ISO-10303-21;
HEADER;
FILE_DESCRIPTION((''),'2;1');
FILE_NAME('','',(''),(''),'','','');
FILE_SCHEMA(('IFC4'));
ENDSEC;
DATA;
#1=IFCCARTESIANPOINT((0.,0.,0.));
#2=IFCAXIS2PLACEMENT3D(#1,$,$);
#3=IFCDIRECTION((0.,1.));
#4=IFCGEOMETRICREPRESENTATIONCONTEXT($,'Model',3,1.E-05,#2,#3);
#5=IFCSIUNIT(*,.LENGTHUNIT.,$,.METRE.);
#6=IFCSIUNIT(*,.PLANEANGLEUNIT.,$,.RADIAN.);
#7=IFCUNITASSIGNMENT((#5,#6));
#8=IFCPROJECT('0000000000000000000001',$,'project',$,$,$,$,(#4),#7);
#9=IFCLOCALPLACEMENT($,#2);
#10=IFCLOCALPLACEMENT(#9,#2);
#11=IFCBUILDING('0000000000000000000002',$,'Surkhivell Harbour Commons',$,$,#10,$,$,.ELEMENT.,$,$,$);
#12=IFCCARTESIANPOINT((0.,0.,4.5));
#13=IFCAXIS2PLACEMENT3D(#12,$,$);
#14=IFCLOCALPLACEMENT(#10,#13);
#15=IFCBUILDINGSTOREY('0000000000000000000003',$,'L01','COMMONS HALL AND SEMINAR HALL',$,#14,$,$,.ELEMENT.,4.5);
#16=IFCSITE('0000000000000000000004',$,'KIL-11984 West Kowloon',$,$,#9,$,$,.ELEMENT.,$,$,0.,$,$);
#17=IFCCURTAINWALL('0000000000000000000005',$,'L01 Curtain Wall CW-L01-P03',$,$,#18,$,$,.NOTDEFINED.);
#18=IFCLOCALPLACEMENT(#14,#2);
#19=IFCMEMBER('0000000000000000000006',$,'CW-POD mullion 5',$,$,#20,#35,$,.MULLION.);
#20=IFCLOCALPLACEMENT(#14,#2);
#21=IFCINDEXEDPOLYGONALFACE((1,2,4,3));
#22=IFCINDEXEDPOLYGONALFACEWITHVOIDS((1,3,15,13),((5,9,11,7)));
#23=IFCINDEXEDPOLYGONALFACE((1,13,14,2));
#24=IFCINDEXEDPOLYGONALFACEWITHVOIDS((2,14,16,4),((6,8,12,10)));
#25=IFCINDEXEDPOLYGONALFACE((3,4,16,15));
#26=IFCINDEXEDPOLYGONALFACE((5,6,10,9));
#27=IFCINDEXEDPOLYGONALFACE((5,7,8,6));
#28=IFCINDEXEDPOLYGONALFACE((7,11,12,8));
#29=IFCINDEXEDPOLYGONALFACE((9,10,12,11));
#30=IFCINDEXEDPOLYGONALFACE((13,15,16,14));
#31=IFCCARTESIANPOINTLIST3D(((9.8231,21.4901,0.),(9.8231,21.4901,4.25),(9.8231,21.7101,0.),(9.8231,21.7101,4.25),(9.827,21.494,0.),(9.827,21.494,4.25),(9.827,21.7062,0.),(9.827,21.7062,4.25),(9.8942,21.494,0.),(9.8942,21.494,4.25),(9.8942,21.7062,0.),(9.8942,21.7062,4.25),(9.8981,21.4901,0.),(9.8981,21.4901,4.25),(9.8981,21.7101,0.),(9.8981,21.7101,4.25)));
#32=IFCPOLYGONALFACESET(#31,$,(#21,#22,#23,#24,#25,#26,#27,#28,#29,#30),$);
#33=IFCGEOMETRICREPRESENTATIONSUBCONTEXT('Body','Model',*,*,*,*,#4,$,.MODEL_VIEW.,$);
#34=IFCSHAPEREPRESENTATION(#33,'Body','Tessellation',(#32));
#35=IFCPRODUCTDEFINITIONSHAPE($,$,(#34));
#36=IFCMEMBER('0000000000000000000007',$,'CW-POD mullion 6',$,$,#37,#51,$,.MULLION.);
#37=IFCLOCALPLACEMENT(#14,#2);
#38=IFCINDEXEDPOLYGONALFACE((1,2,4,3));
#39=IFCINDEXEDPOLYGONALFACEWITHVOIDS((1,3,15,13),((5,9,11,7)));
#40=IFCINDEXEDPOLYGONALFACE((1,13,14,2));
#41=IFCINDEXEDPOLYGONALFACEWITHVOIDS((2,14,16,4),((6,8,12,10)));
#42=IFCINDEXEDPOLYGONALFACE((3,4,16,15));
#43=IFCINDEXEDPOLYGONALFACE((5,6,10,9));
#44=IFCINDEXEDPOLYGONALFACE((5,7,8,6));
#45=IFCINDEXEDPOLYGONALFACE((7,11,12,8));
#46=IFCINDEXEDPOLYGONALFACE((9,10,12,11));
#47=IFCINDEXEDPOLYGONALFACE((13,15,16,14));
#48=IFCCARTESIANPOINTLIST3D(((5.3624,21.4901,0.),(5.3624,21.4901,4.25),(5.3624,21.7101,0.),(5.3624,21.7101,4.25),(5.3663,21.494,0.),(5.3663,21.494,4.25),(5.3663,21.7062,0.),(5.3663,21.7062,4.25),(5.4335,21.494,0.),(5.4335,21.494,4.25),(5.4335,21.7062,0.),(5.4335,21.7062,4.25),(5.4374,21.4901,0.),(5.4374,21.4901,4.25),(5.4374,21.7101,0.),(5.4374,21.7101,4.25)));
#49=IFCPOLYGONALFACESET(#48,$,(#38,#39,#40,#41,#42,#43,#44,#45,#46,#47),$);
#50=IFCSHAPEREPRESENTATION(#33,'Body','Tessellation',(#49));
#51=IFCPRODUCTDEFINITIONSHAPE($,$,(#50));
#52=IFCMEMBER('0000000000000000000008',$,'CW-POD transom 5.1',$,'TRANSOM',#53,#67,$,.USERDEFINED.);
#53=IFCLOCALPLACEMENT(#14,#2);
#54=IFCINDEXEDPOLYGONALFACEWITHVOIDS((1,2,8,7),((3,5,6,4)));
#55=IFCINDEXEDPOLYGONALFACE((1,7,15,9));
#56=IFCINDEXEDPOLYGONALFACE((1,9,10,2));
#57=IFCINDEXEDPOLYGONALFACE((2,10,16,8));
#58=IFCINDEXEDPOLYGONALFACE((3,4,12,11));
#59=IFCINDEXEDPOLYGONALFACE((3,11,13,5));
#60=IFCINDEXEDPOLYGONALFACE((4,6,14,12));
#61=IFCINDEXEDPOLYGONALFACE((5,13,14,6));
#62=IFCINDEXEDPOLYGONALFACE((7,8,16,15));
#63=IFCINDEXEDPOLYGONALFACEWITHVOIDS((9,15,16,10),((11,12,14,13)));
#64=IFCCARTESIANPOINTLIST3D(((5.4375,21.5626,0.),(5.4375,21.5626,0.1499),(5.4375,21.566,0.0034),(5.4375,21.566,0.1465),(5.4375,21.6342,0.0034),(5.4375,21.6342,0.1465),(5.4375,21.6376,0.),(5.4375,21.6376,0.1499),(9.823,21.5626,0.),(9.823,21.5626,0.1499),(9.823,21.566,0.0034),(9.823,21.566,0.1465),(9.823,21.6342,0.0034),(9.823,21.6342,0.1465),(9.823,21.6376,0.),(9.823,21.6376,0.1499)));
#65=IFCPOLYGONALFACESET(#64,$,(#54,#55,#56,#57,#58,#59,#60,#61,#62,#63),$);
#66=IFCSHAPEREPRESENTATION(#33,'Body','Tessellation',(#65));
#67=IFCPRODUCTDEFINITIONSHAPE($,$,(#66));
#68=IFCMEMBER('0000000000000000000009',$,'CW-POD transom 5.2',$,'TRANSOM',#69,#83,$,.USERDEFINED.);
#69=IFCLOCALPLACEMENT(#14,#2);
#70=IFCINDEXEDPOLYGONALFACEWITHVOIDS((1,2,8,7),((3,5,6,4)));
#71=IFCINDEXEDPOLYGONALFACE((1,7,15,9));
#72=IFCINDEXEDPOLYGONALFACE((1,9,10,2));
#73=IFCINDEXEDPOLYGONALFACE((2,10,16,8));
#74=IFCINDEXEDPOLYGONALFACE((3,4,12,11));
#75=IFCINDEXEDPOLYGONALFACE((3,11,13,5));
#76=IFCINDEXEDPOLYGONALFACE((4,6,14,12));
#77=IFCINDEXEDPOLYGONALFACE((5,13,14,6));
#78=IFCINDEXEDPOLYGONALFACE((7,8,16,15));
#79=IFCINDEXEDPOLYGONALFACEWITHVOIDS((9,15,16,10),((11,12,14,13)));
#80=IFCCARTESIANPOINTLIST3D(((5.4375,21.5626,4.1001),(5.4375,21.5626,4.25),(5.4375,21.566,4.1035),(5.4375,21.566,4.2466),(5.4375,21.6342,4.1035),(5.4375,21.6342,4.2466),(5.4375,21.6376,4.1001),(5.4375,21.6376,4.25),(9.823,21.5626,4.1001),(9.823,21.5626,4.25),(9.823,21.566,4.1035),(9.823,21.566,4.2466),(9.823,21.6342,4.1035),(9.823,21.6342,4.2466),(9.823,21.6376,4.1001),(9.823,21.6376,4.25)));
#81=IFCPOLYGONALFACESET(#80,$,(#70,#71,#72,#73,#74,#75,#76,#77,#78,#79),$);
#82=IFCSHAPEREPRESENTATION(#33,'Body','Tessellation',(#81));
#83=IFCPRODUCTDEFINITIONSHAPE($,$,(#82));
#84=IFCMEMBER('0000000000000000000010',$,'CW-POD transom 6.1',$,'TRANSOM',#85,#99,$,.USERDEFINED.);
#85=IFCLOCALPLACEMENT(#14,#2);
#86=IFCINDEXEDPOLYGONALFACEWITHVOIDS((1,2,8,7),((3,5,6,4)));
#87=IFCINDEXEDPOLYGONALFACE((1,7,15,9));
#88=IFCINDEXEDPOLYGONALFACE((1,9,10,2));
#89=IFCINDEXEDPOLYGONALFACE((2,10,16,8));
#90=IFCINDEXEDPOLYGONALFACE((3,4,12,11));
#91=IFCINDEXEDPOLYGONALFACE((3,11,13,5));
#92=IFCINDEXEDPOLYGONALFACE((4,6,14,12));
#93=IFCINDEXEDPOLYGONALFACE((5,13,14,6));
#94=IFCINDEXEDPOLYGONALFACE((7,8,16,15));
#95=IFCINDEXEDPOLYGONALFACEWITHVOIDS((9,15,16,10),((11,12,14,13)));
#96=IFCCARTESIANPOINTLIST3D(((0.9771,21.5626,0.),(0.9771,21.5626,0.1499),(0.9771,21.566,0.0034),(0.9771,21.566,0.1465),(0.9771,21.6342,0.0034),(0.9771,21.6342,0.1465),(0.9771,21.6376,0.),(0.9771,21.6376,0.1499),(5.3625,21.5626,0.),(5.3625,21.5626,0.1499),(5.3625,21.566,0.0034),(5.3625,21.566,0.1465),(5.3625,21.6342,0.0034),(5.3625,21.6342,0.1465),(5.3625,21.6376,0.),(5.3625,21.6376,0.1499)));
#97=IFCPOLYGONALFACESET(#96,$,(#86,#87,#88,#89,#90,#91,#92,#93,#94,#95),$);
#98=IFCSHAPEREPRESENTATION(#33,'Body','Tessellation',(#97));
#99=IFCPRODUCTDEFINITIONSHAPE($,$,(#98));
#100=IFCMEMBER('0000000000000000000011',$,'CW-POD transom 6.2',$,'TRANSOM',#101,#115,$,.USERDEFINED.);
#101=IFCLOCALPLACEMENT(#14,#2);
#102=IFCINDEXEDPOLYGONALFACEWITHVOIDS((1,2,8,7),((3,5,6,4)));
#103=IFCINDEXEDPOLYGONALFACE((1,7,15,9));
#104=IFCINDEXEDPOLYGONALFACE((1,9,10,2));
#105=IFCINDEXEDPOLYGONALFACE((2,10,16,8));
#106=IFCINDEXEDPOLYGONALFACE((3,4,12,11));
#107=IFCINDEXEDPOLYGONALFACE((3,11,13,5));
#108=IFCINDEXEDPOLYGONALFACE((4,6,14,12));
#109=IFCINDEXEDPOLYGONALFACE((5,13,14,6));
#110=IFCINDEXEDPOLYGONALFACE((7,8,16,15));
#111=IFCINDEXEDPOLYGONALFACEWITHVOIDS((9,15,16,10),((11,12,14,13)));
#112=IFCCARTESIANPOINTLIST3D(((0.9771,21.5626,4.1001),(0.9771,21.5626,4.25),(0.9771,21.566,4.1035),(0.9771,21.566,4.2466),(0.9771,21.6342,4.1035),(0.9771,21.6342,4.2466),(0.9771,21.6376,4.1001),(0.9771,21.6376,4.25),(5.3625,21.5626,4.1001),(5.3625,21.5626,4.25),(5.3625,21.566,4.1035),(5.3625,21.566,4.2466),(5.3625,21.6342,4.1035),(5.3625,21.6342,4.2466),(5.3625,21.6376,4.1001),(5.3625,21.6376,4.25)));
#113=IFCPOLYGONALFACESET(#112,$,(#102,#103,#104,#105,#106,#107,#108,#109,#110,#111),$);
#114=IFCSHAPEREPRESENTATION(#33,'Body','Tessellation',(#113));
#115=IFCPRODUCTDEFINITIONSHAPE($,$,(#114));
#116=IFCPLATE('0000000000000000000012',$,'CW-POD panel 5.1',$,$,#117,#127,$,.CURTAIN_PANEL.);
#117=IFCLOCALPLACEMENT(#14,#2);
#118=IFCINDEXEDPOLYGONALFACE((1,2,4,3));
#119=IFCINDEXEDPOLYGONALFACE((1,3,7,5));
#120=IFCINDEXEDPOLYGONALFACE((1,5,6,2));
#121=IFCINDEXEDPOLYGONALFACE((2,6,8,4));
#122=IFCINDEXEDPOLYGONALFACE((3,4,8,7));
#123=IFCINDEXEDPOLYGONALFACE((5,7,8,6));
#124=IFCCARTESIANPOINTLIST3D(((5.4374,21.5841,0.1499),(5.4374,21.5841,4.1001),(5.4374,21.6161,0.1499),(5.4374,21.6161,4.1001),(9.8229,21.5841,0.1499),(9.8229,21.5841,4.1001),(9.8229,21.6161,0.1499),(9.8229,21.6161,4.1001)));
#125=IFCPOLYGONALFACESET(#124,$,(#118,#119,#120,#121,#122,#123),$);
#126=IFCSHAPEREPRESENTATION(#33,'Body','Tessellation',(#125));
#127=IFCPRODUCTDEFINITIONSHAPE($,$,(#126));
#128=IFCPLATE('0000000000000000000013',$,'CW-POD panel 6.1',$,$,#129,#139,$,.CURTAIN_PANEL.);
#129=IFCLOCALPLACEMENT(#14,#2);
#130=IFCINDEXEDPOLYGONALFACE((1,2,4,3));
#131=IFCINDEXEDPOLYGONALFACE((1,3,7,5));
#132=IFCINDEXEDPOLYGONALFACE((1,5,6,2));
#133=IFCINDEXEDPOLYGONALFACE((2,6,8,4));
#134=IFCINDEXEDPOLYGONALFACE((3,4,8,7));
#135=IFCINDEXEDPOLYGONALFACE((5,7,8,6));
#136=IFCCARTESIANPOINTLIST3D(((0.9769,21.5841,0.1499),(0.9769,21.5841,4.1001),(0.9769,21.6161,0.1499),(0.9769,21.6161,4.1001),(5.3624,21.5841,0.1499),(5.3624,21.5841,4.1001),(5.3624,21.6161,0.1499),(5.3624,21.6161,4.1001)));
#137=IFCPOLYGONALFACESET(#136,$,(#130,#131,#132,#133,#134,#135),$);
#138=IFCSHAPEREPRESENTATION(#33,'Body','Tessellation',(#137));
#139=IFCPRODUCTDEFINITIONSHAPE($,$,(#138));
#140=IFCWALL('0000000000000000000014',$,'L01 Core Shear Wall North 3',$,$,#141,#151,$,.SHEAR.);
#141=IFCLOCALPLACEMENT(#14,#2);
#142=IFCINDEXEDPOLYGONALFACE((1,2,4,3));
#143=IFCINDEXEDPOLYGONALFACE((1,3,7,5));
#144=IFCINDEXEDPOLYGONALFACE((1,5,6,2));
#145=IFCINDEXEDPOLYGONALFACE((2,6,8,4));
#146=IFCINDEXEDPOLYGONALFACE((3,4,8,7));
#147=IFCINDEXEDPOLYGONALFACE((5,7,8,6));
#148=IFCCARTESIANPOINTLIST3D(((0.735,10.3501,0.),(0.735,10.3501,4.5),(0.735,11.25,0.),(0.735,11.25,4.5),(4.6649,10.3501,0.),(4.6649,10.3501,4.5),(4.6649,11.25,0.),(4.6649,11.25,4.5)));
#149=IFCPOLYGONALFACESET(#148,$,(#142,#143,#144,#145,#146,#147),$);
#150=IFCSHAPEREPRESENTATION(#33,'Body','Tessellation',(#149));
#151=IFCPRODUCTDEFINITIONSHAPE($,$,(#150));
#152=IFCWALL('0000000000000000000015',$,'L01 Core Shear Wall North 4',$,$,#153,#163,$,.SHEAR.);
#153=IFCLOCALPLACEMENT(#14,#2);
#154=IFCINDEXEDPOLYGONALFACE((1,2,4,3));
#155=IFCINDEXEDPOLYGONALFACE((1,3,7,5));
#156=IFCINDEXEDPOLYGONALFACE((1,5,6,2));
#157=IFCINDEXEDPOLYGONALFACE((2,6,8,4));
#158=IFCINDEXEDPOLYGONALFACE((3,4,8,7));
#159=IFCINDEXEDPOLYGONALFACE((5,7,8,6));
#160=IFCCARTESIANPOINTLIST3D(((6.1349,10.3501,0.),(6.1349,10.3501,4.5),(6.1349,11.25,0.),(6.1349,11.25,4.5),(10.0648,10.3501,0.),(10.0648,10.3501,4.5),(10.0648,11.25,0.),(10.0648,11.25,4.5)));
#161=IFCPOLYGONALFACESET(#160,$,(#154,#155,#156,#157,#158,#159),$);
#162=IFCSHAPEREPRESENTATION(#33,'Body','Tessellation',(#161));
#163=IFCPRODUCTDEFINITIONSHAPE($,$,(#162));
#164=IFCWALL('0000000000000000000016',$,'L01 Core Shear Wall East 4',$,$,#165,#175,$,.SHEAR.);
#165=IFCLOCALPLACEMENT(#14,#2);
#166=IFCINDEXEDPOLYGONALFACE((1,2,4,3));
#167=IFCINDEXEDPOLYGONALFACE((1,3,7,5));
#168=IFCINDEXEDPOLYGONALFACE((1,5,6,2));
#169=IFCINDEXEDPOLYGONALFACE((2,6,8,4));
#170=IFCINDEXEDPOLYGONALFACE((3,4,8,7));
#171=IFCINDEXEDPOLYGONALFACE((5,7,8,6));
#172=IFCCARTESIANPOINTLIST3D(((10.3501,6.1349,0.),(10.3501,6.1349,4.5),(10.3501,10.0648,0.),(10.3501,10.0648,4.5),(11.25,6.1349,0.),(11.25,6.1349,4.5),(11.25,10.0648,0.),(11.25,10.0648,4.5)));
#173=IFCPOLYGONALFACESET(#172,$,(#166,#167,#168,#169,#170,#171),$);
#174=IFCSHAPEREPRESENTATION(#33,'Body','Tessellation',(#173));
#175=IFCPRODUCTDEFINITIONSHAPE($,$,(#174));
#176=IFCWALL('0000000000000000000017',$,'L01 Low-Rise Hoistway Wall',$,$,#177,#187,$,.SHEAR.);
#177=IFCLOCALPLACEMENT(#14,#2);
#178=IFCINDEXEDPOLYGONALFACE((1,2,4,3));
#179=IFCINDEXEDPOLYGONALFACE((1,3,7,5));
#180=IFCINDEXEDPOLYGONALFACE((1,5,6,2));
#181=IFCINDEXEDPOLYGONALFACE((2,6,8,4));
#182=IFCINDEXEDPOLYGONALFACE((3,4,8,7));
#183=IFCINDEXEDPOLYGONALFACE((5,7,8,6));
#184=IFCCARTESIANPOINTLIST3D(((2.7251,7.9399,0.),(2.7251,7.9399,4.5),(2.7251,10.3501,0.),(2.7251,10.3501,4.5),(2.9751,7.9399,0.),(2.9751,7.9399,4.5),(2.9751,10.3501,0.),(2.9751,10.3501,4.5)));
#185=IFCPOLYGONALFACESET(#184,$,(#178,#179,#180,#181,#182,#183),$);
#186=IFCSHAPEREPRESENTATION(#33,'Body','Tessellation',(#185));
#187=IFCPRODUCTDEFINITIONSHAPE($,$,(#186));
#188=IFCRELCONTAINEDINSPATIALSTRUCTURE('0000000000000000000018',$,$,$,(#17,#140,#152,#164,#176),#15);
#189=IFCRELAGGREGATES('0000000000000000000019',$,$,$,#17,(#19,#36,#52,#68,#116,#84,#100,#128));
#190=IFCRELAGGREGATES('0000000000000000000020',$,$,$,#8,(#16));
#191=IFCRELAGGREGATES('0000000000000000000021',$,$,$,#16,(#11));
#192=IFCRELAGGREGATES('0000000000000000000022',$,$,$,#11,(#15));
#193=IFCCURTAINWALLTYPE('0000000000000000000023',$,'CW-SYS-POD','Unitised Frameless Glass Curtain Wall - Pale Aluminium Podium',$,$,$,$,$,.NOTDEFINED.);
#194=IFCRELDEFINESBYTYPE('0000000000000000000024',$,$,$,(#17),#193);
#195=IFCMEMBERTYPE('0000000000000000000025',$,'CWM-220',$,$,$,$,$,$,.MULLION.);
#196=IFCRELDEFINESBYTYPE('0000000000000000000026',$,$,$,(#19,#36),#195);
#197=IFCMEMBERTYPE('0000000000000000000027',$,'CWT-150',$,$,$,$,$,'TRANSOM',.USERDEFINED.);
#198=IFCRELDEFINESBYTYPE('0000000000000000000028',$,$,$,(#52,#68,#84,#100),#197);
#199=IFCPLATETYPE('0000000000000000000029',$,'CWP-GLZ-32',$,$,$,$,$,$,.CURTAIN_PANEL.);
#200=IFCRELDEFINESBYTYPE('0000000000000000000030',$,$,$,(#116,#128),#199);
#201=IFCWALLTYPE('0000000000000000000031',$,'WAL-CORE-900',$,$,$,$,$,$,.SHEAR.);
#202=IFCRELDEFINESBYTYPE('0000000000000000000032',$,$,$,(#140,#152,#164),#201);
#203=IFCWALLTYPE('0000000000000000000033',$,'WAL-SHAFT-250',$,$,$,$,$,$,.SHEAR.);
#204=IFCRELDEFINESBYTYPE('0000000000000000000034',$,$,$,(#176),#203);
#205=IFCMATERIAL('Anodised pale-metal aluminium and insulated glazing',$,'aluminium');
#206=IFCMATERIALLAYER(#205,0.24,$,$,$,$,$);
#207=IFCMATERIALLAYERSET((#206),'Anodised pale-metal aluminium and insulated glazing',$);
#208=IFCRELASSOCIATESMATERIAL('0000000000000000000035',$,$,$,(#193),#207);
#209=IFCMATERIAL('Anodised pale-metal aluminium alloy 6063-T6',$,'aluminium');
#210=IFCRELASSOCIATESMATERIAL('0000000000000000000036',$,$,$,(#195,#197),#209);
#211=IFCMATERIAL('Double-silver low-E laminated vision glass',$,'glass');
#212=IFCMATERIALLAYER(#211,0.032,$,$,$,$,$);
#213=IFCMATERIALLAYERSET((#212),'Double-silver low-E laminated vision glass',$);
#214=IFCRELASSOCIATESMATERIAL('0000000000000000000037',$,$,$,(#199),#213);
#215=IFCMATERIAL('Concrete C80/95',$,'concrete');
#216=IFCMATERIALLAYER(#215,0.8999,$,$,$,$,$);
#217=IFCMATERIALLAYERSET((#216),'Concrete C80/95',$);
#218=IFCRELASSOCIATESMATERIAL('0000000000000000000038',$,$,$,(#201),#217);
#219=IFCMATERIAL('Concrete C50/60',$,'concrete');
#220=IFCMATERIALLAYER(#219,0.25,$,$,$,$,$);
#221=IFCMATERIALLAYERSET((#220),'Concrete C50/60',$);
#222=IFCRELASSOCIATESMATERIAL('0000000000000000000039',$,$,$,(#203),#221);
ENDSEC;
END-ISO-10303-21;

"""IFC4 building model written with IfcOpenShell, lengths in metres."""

from ifc_helpers import new_model, si_unit, direction, frame, frame_2d, origin, origin_2d, place, context, subcontext, project, spatial, rectangle, hollow_rectangle, extrude, material, layer, layer_set, material_profile, profile_set, type_object, element, aggregate, save


model = new_model("IFC4")

# Units and contexts
model_context = context("Model", 3, precision=1e-05, world=origin(), true_north=direction((0.0, 1.0)))
body_context = subcontext(model_context, "Body", "Model", "MODEL_VIEW")
ifc_project = project(units=[si_unit("LENGTHUNIT", "METRE"), si_unit("PLANEANGLEUNIT", "RADIAN")], contexts=[model_context])

# Site, building, storey
site_placement = place(None, origin())
site = spatial("IfcSite", under=ifc_project, at=site_placement, Name="KIL-11984 West Kowloon", CompositionType="ELEMENT", RefElevation=0.0)
building_placement = place(site_placement, origin())
building = spatial("IfcBuilding", under=site, at=building_placement, Name="Surkhivell Harbour Commons", CompositionType="ELEMENT")
storey_placement = place(building_placement, frame((0.0, 0.0, 4.5)))
storey = spatial("IfcBuildingStorey", under=building, at=storey_placement, Name="L01", Description="COMMONS HALL AND SEMINAR HALL", CompositionType="ELEMENT", Elevation=4.5)

# Shared definitions
ifc_material_1 = material(Name="Concrete C80/95", Category="concrete")

# Curtain wall, members, plates
ifc_material_2 = material(Name="Anodised pale-metal aluminium and insulated glazing", Category="aluminium")
ifc_layer_1 = layer(ifc_material_2, 0.24)
ifc_layer_set_1 = layer_set([ifc_layer_1], Name="Anodised pale-metal aluminium and insulated glazing")
curtain_wall_type = type_object("IfcCurtainWallType", Name="CW-SYS-POD", Description="Unitised Frameless Glass Curtain Wall - Pale Aluminium Podium", PredefinedType="NOTDEFINED", material=ifc_layer_set_1)
curtain_wall_placement = place(storey_placement, origin())
curtain_wall = element("IfcCurtainWall", 1, at=curtain_wall_placement, inside=storey, type_object=curtain_wall_type, Name="L01 Curtain Wall CW-L01-P03", PredefinedType="NOTDEFINED")
ifc_material_3 = material(Name="Anodised pale-metal aluminium alloy 6063-T6", Category="aluminium")
ifc_material_profile_1 = material_profile(ifc_material_3, hollow_rectangle(XDim=0.075, YDim=0.22, WallThickness=0.0039, at=origin_2d()), Name="ALU-MULL-75x220")
ifc_profile_set_1 = profile_set([ifc_material_profile_1], Name="Anodised pale-metal aluminium alloy 6063-T6")
member_type_1 = type_object("IfcMemberType", Name="CWM-220", PredefinedType="MULLION", material=ifc_profile_set_1)
member_1_placement = place(storey_placement, frame((9.8606, 21.6001, 0.0), z_axis=(0.0, 0.0, 1.0), x_axis=(-1.0, 0.0, 0.0)))
member_1 = element("IfcMember", 2, at=member_1_placement, type_object=member_type_1, Name="CW-POD mullion 5", PredefinedType="MULLION", context=body_context, shape_type="SweptSolid", body=[
    extrude(hollow_rectangle(XDim=0.075, YDim=0.22, WallThickness=0.0039, at=origin_2d()), origin(), (0.0, 0.0, 1.0), 4.25),
])
member_2_placement = place(storey_placement, frame((5.3999, 21.6001, 0.0), z_axis=(0.0, 0.0, 1.0), x_axis=(-1.0, 0.0, 0.0)))
member_2 = element("IfcMember", 3, at=member_2_placement, type_object=member_type_1, Name="CW-POD mullion 6", PredefinedType="MULLION", context=body_context, shape_type="SweptSolid", body=[
    extrude(hollow_rectangle(XDim=0.075, YDim=0.22, WallThickness=0.0039, at=origin_2d()), origin(), (0.0, 0.0, 1.0), 4.25),
])
ifc_material_profile_2 = material_profile(ifc_material_3, hollow_rectangle(XDim=0.075, YDim=0.1499, WallThickness=0.0034, at=origin_2d()), Name="ALU-TRAN-75x150")
ifc_profile_set_2 = profile_set([ifc_material_profile_2], Name="Anodised pale-metal aluminium alloy 6063-T6")
member_type_2 = type_object("IfcMemberType", Name="CWT-150", ElementType="TRANSOM", PredefinedType="USERDEFINED", material=ifc_profile_set_2)
member_3_placement = place(storey_placement, frame((9.823, 21.6001, 0.075), z_axis=(-1.0, 0.0, 0.0), x_axis=(0.0, -1.0, 0.0)))
member_3 = element("IfcMember", 4, at=member_3_placement, type_object=member_type_2, Name="CW-POD transom 5.1", ObjectType="TRANSOM", PredefinedType="USERDEFINED", context=body_context, shape_type="SweptSolid", body=[
    extrude(hollow_rectangle(XDim=0.075, YDim=0.1499, WallThickness=0.0034, at=origin_2d()), origin(), (0.0, 0.0, 1.0), 4.3855),
])
member_4_placement = place(storey_placement, frame((9.823, 21.6001, 4.175), z_axis=(-1.0, 0.0, 0.0), x_axis=(0.0, -1.0, 0.0)))
member_4 = element("IfcMember", 5, at=member_4_placement, type_object=member_type_2, Name="CW-POD transom 5.2", ObjectType="TRANSOM", PredefinedType="USERDEFINED", context=body_context, shape_type="SweptSolid", body=[
    extrude(hollow_rectangle(XDim=0.075, YDim=0.1499, WallThickness=0.0034, at=origin_2d()), origin(), (0.0, 0.0, 1.0), 4.3855),
])
member_5_placement = place(storey_placement, frame((5.3625, 21.6001, 0.075), z_axis=(-1.0, 0.0, 0.0), x_axis=(0.0, -1.0, 0.0)))
member_5 = element("IfcMember", 6, at=member_5_placement, type_object=member_type_2, Name="CW-POD transom 6.1", ObjectType="TRANSOM", PredefinedType="USERDEFINED", context=body_context, shape_type="SweptSolid", body=[
    extrude(hollow_rectangle(XDim=0.075, YDim=0.1499, WallThickness=0.0034, at=origin_2d()), origin(), (0.0, 0.0, 1.0), 4.3855),
])
member_6_placement = place(storey_placement, frame((5.3625, 21.6001, 4.175), z_axis=(-1.0, 0.0, 0.0), x_axis=(0.0, -1.0, 0.0)))
member_6 = element("IfcMember", 7, at=member_6_placement, type_object=member_type_2, Name="CW-POD transom 6.2", ObjectType="TRANSOM", PredefinedType="USERDEFINED", context=body_context, shape_type="SweptSolid", body=[
    extrude(hollow_rectangle(XDim=0.075, YDim=0.1499, WallThickness=0.0034, at=origin_2d()), origin(), (0.0, 0.0, 1.0), 4.3855),
])
ifc_material_4 = material(Name="Double-silver low-E laminated vision glass", Category="glass")
ifc_layer_2 = layer(ifc_material_4, 0.032)
ifc_layer_set_2 = layer_set([ifc_layer_2], Name="Double-silver low-E laminated vision glass")
plate_type = type_object("IfcPlateType", Name="CWP-GLZ-32", PredefinedType="CURTAIN_PANEL", material=ifc_layer_set_2)
plate_1_placement = place(storey_placement, frame((9.823, 21.6001, 0.1499), z_axis=(0.0, 0.0, 1.0), x_axis=(-1.0, 0.0, 0.0)))
plate_1 = element("IfcPlate", 8, at=plate_1_placement, type_object=plate_type, Name="CW-POD panel 5.1", PredefinedType="CURTAIN_PANEL", context=body_context, shape_type="SweptSolid", body=[
    extrude(rectangle(XDim=4.3855, YDim=0.032, at=frame_2d((2.1929, 0.0))), origin(), (0.0, 0.0, 1.0), 3.9502),
])
plate_2_placement = place(storey_placement, frame((5.3625, 21.6001, 0.1499), z_axis=(0.0, 0.0, 1.0), x_axis=(-1.0, 0.0, 0.0)))
plate_2 = element("IfcPlate", 9, at=plate_2_placement, type_object=plate_type, Name="CW-POD panel 6.1", PredefinedType="CURTAIN_PANEL", context=body_context, shape_type="SweptSolid", body=[
    extrude(rectangle(XDim=4.3855, YDim=0.032, at=frame_2d((2.1929, 0.0))), origin(), (0.0, 0.0, 1.0), 3.9502),
])
aggregate(curtain_wall, [member_1, member_2, member_3, member_4, plate_1, member_5, member_6, plate_2])

# Walls
ifc_layer_3 = layer(ifc_material_1, 0.8999)
ifc_layer_set_3 = layer_set([ifc_layer_3], Name="Concrete C80/95")
wall_type_1 = type_object("IfcWallType", Name="WAL-CORE-900", PredefinedType="SHEAR", material=ifc_layer_set_3)
for number, where, z_axis, x_axis, name in (
    (10, (0.7351, 10.8, 0.0), (0.0, 0.0, 1.0), (1.0, 0.0, 0.0), "L01 Core Shear Wall North 3"),
    (11, (6.135, 10.8, 0.0), (0.0, 0.0, 1.0), (1.0, 0.0, 0.0), "L01 Core Shear Wall North 4"),
    (12, (10.8, 6.135, 0.0), (0.0, 0.0, 1.0), (0.0, 1.0, 0.0), "L01 Core Shear Wall East 4"),
):
    element("IfcWall", number, at=place(storey_placement, frame(where, z_axis=z_axis, x_axis=x_axis)), inside=storey, type_object=wall_type_1, Name=name, PredefinedType="SHEAR", context=body_context, shape_type="SweptSolid", body=[
        extrude(rectangle(XDim=3.9299, YDim=0.8999, at=frame_2d((1.9648, 0.0))), origin(), (0.0, 0.0, 1.0), 4.5),
    ])
ifc_material_5 = material(Name="Concrete C50/60", Category="concrete")
ifc_layer_4 = layer(ifc_material_5, 0.25)
ifc_layer_set_4 = layer_set([ifc_layer_4], Name="Concrete C50/60")
wall_type_2 = type_object("IfcWallType", Name="WAL-SHAFT-250", PredefinedType="SHEAR", material=ifc_layer_set_4)
wall_1_placement = place(storey_placement, frame((2.8501, 7.9399, 0.0), z_axis=(0.0, 0.0, 1.0), x_axis=(0.0, 1.0, 0.0)))
element("IfcWall", 13, at=wall_1_placement, inside=storey, type_object=wall_type_2, Name="L01 Low-Rise Hoistway Wall", PredefinedType="SHEAR", context=body_context, shape_type="SweptSolid", body=[
    extrude(rectangle(XDim=2.4102, YDim=0.25, at=frame_2d((1.2051, 0.0))), origin(), (0.0, 0.0, 1.0), 4.5),
])

save(model, "model.ifc")
